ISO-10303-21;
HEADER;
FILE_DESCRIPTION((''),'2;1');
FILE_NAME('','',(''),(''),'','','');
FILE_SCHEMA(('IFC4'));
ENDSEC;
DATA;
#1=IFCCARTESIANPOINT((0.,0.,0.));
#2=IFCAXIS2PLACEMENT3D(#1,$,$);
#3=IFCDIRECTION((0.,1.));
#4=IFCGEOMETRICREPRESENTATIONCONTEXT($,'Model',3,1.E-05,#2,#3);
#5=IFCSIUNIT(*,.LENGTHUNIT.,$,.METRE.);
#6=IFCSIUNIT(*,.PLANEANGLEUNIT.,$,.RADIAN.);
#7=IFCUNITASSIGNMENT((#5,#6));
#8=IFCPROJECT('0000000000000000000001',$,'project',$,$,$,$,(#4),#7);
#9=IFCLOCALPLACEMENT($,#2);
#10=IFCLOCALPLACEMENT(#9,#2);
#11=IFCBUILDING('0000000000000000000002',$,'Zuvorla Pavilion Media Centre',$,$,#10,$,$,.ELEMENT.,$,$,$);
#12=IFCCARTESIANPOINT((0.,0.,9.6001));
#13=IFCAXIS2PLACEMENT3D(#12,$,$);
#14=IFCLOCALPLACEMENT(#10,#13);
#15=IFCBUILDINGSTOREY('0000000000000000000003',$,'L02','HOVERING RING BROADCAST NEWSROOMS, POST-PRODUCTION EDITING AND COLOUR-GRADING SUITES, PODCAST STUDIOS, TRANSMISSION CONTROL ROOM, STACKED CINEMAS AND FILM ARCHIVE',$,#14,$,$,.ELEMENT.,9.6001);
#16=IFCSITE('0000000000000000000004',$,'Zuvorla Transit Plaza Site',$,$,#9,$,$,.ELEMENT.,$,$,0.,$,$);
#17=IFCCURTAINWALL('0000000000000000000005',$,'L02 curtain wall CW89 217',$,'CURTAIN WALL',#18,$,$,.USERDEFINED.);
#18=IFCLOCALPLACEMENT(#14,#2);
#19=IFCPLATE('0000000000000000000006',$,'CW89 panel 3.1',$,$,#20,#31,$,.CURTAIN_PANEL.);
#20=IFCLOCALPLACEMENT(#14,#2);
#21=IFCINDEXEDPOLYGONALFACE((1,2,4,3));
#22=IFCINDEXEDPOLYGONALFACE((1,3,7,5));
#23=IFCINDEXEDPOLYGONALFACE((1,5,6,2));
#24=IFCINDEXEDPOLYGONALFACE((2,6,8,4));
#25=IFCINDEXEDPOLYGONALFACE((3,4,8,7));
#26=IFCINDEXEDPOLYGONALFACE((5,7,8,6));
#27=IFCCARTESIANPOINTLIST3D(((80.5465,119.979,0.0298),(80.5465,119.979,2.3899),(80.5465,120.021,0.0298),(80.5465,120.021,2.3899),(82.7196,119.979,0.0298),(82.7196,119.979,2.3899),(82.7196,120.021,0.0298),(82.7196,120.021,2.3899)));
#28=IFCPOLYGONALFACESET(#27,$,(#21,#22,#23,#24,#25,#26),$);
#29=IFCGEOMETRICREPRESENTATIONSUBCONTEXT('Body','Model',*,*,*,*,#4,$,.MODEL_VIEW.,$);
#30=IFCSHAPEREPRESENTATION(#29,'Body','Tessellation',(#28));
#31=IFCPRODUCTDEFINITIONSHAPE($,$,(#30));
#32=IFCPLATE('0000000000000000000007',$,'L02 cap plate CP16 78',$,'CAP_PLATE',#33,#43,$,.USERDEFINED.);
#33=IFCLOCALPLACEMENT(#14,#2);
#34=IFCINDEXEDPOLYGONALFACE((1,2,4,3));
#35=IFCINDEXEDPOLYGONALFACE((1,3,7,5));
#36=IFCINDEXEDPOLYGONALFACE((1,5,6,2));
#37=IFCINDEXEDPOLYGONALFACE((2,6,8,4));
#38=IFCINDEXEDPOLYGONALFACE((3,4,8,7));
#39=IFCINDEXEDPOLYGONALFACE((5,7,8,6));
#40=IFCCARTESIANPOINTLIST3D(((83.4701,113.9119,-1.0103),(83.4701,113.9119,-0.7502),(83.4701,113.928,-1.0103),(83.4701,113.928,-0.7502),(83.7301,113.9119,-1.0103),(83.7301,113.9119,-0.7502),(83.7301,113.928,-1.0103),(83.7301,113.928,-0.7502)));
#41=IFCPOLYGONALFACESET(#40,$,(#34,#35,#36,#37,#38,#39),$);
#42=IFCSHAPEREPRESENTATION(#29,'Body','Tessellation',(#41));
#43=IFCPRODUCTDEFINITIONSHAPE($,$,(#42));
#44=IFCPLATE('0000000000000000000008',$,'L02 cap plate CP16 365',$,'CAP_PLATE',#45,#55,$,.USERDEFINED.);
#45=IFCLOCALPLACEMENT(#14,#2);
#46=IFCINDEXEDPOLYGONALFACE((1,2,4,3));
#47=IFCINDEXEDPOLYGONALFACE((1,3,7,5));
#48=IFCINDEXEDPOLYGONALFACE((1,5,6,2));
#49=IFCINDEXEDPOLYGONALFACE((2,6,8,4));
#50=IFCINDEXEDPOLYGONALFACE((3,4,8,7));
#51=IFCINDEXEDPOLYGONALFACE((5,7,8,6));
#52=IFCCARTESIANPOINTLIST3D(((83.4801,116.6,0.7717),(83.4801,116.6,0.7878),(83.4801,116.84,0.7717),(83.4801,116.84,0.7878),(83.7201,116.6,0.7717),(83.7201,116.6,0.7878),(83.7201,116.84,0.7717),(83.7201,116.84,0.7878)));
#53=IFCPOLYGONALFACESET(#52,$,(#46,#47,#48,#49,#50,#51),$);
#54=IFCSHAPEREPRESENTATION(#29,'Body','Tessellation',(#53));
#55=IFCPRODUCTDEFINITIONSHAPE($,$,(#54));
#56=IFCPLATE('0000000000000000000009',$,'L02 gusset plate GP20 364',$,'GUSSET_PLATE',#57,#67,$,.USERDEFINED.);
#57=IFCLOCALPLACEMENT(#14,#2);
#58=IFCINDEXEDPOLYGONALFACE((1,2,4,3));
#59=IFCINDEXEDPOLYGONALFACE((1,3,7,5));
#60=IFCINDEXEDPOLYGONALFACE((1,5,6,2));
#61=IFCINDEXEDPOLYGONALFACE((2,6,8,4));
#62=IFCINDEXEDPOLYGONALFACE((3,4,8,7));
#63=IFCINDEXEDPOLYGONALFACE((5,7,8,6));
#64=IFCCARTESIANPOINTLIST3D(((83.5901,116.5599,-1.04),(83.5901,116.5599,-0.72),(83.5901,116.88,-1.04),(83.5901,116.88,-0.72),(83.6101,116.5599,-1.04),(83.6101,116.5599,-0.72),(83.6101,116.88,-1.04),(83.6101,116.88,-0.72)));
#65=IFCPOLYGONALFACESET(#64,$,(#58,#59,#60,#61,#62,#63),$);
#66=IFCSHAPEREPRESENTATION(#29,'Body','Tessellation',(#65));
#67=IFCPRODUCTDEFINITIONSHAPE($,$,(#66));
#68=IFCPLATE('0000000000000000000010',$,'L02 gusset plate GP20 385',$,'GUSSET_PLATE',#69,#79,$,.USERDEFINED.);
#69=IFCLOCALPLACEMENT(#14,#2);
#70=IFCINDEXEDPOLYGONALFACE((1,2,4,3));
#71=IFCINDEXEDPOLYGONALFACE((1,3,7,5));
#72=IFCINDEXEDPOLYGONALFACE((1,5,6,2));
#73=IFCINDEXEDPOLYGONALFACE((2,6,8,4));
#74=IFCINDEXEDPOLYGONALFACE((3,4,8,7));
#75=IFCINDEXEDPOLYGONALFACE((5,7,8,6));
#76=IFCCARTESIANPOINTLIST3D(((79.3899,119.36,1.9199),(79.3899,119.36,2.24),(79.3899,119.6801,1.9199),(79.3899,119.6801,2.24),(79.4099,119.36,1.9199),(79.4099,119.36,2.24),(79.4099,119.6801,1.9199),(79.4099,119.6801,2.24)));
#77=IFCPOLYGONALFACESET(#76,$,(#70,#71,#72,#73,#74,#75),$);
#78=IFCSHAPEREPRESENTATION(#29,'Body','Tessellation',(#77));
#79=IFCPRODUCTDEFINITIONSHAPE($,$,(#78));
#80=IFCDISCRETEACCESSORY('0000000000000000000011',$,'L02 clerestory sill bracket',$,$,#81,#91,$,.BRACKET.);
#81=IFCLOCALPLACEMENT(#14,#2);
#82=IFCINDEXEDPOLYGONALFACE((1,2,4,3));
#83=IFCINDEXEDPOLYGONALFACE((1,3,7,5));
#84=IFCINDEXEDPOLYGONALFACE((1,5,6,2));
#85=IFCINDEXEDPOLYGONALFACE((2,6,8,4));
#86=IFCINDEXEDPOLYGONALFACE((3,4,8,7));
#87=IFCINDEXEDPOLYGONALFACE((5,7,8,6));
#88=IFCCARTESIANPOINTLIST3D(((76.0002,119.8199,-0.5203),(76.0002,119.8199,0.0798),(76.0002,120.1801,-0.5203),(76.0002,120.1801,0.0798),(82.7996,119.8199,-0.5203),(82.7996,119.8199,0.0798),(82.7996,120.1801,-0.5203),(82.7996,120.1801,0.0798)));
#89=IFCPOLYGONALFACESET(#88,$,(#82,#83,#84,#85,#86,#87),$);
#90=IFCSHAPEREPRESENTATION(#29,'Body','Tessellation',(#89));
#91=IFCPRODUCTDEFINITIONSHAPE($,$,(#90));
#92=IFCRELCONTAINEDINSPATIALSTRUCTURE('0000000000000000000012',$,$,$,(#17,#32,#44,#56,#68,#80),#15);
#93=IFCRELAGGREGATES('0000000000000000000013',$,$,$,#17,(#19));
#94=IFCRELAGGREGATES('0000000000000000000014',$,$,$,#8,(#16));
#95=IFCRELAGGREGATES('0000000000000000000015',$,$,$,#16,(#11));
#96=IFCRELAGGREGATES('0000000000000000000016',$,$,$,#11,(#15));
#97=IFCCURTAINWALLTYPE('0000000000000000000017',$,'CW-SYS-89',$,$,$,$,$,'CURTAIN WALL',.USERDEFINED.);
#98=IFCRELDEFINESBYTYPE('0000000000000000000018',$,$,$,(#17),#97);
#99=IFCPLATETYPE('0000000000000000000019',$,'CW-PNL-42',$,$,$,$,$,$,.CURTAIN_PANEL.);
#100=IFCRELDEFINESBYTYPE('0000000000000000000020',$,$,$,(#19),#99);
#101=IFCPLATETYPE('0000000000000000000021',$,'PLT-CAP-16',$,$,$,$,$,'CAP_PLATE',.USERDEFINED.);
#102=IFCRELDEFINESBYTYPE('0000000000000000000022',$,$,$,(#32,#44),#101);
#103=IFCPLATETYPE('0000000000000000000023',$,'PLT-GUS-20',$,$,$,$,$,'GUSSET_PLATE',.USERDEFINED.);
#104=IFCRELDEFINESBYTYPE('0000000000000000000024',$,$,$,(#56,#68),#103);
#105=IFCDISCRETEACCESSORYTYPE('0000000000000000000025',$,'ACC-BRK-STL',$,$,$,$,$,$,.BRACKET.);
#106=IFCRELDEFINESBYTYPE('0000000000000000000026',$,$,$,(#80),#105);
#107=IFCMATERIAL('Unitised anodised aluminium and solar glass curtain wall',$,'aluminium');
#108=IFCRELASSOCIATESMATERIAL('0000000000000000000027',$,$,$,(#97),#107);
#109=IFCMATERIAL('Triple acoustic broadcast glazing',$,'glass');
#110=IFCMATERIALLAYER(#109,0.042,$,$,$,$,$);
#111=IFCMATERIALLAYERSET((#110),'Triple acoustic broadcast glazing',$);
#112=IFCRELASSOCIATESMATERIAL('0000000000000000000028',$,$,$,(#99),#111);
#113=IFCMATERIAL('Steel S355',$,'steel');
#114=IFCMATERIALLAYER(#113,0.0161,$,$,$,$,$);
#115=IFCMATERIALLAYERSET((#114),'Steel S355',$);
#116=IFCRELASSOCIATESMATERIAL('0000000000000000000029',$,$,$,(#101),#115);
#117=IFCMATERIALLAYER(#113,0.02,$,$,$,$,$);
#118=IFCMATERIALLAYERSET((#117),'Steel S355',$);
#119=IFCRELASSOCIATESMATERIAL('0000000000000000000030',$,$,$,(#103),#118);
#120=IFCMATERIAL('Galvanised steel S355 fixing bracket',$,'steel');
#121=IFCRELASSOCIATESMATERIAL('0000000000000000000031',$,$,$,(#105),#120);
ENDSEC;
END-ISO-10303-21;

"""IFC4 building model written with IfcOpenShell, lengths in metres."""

from ifc_helpers import new_model, si_unit, direction, frame, origin, origin_2d, place, context, subcontext, project, spatial, rectangle, extrude, material, layer, layer_set, type_object, element, aggregate, save


model = new_model("IFC4")

# Units and contexts
model_context = context("Model", 3, precision=1e-05, world=origin(), true_north=direction((0.0, 1.0)))
body_context = subcontext(model_context, "Body", "Model", "MODEL_VIEW")
ifc_project = project(units=[si_unit("LENGTHUNIT", "METRE"), si_unit("PLANEANGLEUNIT", "RADIAN")], contexts=[model_context])

# Site, building, storey
site_placement = place(None, origin())
site = spatial("IfcSite", under=ifc_project, at=site_placement, Name="Zuvorla Transit Plaza Site", CompositionType="ELEMENT", RefElevation=0.0)
building_placement = place(site_placement, origin())
building = spatial("IfcBuilding", under=site, at=building_placement, Name="Zuvorla Pavilion Media Centre", CompositionType="ELEMENT")
storey_placement = place(building_placement, frame((0.0, 0.0, 9.6001)))
storey = spatial("IfcBuildingStorey", under=building, at=storey_placement, Name="L02", Description="HOVERING RING BROADCAST NEWSROOMS, POST-PRODUCTION EDITING AND COLOUR-GRADING SUITES, PODCAST STUDIOS, TRANSMISSION CONTROL ROOM, STACKED CINEMAS AND FILM ARCHIVE", CompositionType="ELEMENT", Elevation=9.6001)

# Shared definitions
ifc_material_1 = material(Name="Unitised anodised aluminium and solar glass curtain wall", Category="aluminium")

# Curtain wall
curtain_wall_type_1 = type_object("IfcCurtainWallType", Name="CW-SYS-89", ElementType="CURTAIN WALL", PredefinedType="USERDEFINED", material=ifc_material_1)
curtain_wall_1_placement = place(storey_placement, origin())
curtain_wall_1 = element("IfcCurtainWall", 1, at=curtain_wall_1_placement, inside=storey, type_object=curtain_wall_type_1, Name="L02 curtain wall CW89 217", ObjectType="CURTAIN WALL", PredefinedType="USERDEFINED")

# Shared definitions
ifc_material_2 = material(Name="Steel S355", Category="steel")

# Plate
ifc_material_3 = material(Name="Triple acoustic broadcast glazing", Category="glass")
ifc_layer_1 = layer(ifc_material_3, 0.042)
ifc_layer_set_1 = layer_set([ifc_layer_1], Name="Triple acoustic broadcast glazing")
plate_type_1 = type_object("IfcPlateType", Name="CW-PNL-42", PredefinedType="CURTAIN_PANEL", material=ifc_layer_set_1)
plate_1_placement = place(storey_placement, frame((81.6331, 120.0, 0.0298), z_axis=(0.0, 0.0, 1.0), x_axis=(1.0, 0.0, 0.0)))
plate_1 = element("IfcPlate", 2, at=plate_1_placement, type_object=plate_type_1, Name="CW89 panel 3.1", PredefinedType="CURTAIN_PANEL", context=body_context, shape_type="SweptSolid", body=[
    extrude(rectangle(XDim=2.1731, YDim=0.042, at=origin_2d()), origin(), (0.0, 0.0, 1.0), 2.3601),
])
aggregate(curtain_wall_1, [plate_1])

# Plates
ifc_layer_2 = layer(ifc_material_2, 0.0161)
ifc_layer_set_2 = layer_set([ifc_layer_2], Name="Steel S355")
plate_type_2 = type_object("IfcPlateType", Name="PLT-CAP-16", ElementType="CAP_PLATE", PredefinedType="USERDEFINED", material=ifc_layer_set_2)
plate_2_placement = place(storey_placement, frame((83.6001, 113.9199, -1.0103), z_axis=(0.0, 0.0, 1.0), x_axis=(1.0, 0.0, 0.0)))
element("IfcPlate", 3, at=plate_2_placement, inside=storey, type_object=plate_type_2, Name="L02 cap plate CP16 78", ObjectType="CAP_PLATE", PredefinedType="USERDEFINED", context=body_context, shape_type="SweptSolid", body=[
    extrude(rectangle(XDim=0.26, YDim=0.0161, at=origin_2d()), origin(), (0.0, 0.0, 1.0), 0.26),
])
plate_3_placement = place(storey_placement, frame((83.6001, 116.72, 0.7717), z_axis=(0.0, 0.0, 1.0), x_axis=(1.0, 0.0, 0.0)))
element("IfcPlate", 4, at=plate_3_placement, inside=storey, type_object=plate_type_2, Name="L02 cap plate CP16 365", ObjectType="CAP_PLATE", PredefinedType="USERDEFINED", context=body_context, shape_type="SweptSolid", body=[
    extrude(rectangle(XDim=0.24, YDim=0.24, at=origin_2d()), origin(), (0.0, 0.0, 1.0), 0.0161),
])
ifc_layer_3 = layer(ifc_material_2, 0.02)
ifc_layer_set_3 = layer_set([ifc_layer_3], Name="Steel S355")
plate_type_3 = type_object("IfcPlateType", Name="PLT-GUS-20", ElementType="GUSSET_PLATE", PredefinedType="USERDEFINED", material=ifc_layer_set_3)
for number, where, z_axis, x_axis, name in (
    (5, (83.6001, 116.72, -1.04), (0.0, 0.0, 1.0), (1.0, 0.0, 0.0), "L02 gusset plate GP20 364"),
    (6, (79.3999, 119.52, 1.9199), (0.0, 0.0, 1.0), (1.0, 0.0, 0.0), "L02 gusset plate GP20 385"),
):
    element("IfcPlate", number, at=place(storey_placement, frame(where, z_axis=z_axis, x_axis=x_axis)), inside=storey, type_object=plate_type_3, Name=name, ObjectType="GUSSET_PLATE", PredefinedType="USERDEFINED", context=body_context, shape_type="SweptSolid", body=[
        extrude(rectangle(XDim=0.02, YDim=0.3201, at=origin_2d()), origin(), (0.0, 0.0, 1.0), 0.3201),
    ])

# Discrete accessory
ifc_material_4 = material(Name="Galvanised steel S355 fixing bracket", Category="steel")
discrete_accessory_type = type_object("IfcDiscreteAccessoryType", Name="ACC-BRK-STL", PredefinedType="BRACKET", material=ifc_material_4)
discrete_accessory_placement = place(storey_placement, frame((79.3999, 120.0, -0.5203), z_axis=(0.0, 0.0, 1.0), x_axis=(1.0, 0.0, 0.0)))
element("IfcDiscreteAccessory", 7, at=discrete_accessory_placement, inside=storey, type_object=discrete_accessory_type, Name="L02 clerestory sill bracket", PredefinedType="BRACKET", context=body_context, shape_type="SweptSolid", body=[
    extrude(rectangle(XDim=6.7993, YDim=0.3601, at=origin_2d()), origin(), (0.0, 0.0, 1.0), 0.6001),
])

save(model, "model.ifc")
